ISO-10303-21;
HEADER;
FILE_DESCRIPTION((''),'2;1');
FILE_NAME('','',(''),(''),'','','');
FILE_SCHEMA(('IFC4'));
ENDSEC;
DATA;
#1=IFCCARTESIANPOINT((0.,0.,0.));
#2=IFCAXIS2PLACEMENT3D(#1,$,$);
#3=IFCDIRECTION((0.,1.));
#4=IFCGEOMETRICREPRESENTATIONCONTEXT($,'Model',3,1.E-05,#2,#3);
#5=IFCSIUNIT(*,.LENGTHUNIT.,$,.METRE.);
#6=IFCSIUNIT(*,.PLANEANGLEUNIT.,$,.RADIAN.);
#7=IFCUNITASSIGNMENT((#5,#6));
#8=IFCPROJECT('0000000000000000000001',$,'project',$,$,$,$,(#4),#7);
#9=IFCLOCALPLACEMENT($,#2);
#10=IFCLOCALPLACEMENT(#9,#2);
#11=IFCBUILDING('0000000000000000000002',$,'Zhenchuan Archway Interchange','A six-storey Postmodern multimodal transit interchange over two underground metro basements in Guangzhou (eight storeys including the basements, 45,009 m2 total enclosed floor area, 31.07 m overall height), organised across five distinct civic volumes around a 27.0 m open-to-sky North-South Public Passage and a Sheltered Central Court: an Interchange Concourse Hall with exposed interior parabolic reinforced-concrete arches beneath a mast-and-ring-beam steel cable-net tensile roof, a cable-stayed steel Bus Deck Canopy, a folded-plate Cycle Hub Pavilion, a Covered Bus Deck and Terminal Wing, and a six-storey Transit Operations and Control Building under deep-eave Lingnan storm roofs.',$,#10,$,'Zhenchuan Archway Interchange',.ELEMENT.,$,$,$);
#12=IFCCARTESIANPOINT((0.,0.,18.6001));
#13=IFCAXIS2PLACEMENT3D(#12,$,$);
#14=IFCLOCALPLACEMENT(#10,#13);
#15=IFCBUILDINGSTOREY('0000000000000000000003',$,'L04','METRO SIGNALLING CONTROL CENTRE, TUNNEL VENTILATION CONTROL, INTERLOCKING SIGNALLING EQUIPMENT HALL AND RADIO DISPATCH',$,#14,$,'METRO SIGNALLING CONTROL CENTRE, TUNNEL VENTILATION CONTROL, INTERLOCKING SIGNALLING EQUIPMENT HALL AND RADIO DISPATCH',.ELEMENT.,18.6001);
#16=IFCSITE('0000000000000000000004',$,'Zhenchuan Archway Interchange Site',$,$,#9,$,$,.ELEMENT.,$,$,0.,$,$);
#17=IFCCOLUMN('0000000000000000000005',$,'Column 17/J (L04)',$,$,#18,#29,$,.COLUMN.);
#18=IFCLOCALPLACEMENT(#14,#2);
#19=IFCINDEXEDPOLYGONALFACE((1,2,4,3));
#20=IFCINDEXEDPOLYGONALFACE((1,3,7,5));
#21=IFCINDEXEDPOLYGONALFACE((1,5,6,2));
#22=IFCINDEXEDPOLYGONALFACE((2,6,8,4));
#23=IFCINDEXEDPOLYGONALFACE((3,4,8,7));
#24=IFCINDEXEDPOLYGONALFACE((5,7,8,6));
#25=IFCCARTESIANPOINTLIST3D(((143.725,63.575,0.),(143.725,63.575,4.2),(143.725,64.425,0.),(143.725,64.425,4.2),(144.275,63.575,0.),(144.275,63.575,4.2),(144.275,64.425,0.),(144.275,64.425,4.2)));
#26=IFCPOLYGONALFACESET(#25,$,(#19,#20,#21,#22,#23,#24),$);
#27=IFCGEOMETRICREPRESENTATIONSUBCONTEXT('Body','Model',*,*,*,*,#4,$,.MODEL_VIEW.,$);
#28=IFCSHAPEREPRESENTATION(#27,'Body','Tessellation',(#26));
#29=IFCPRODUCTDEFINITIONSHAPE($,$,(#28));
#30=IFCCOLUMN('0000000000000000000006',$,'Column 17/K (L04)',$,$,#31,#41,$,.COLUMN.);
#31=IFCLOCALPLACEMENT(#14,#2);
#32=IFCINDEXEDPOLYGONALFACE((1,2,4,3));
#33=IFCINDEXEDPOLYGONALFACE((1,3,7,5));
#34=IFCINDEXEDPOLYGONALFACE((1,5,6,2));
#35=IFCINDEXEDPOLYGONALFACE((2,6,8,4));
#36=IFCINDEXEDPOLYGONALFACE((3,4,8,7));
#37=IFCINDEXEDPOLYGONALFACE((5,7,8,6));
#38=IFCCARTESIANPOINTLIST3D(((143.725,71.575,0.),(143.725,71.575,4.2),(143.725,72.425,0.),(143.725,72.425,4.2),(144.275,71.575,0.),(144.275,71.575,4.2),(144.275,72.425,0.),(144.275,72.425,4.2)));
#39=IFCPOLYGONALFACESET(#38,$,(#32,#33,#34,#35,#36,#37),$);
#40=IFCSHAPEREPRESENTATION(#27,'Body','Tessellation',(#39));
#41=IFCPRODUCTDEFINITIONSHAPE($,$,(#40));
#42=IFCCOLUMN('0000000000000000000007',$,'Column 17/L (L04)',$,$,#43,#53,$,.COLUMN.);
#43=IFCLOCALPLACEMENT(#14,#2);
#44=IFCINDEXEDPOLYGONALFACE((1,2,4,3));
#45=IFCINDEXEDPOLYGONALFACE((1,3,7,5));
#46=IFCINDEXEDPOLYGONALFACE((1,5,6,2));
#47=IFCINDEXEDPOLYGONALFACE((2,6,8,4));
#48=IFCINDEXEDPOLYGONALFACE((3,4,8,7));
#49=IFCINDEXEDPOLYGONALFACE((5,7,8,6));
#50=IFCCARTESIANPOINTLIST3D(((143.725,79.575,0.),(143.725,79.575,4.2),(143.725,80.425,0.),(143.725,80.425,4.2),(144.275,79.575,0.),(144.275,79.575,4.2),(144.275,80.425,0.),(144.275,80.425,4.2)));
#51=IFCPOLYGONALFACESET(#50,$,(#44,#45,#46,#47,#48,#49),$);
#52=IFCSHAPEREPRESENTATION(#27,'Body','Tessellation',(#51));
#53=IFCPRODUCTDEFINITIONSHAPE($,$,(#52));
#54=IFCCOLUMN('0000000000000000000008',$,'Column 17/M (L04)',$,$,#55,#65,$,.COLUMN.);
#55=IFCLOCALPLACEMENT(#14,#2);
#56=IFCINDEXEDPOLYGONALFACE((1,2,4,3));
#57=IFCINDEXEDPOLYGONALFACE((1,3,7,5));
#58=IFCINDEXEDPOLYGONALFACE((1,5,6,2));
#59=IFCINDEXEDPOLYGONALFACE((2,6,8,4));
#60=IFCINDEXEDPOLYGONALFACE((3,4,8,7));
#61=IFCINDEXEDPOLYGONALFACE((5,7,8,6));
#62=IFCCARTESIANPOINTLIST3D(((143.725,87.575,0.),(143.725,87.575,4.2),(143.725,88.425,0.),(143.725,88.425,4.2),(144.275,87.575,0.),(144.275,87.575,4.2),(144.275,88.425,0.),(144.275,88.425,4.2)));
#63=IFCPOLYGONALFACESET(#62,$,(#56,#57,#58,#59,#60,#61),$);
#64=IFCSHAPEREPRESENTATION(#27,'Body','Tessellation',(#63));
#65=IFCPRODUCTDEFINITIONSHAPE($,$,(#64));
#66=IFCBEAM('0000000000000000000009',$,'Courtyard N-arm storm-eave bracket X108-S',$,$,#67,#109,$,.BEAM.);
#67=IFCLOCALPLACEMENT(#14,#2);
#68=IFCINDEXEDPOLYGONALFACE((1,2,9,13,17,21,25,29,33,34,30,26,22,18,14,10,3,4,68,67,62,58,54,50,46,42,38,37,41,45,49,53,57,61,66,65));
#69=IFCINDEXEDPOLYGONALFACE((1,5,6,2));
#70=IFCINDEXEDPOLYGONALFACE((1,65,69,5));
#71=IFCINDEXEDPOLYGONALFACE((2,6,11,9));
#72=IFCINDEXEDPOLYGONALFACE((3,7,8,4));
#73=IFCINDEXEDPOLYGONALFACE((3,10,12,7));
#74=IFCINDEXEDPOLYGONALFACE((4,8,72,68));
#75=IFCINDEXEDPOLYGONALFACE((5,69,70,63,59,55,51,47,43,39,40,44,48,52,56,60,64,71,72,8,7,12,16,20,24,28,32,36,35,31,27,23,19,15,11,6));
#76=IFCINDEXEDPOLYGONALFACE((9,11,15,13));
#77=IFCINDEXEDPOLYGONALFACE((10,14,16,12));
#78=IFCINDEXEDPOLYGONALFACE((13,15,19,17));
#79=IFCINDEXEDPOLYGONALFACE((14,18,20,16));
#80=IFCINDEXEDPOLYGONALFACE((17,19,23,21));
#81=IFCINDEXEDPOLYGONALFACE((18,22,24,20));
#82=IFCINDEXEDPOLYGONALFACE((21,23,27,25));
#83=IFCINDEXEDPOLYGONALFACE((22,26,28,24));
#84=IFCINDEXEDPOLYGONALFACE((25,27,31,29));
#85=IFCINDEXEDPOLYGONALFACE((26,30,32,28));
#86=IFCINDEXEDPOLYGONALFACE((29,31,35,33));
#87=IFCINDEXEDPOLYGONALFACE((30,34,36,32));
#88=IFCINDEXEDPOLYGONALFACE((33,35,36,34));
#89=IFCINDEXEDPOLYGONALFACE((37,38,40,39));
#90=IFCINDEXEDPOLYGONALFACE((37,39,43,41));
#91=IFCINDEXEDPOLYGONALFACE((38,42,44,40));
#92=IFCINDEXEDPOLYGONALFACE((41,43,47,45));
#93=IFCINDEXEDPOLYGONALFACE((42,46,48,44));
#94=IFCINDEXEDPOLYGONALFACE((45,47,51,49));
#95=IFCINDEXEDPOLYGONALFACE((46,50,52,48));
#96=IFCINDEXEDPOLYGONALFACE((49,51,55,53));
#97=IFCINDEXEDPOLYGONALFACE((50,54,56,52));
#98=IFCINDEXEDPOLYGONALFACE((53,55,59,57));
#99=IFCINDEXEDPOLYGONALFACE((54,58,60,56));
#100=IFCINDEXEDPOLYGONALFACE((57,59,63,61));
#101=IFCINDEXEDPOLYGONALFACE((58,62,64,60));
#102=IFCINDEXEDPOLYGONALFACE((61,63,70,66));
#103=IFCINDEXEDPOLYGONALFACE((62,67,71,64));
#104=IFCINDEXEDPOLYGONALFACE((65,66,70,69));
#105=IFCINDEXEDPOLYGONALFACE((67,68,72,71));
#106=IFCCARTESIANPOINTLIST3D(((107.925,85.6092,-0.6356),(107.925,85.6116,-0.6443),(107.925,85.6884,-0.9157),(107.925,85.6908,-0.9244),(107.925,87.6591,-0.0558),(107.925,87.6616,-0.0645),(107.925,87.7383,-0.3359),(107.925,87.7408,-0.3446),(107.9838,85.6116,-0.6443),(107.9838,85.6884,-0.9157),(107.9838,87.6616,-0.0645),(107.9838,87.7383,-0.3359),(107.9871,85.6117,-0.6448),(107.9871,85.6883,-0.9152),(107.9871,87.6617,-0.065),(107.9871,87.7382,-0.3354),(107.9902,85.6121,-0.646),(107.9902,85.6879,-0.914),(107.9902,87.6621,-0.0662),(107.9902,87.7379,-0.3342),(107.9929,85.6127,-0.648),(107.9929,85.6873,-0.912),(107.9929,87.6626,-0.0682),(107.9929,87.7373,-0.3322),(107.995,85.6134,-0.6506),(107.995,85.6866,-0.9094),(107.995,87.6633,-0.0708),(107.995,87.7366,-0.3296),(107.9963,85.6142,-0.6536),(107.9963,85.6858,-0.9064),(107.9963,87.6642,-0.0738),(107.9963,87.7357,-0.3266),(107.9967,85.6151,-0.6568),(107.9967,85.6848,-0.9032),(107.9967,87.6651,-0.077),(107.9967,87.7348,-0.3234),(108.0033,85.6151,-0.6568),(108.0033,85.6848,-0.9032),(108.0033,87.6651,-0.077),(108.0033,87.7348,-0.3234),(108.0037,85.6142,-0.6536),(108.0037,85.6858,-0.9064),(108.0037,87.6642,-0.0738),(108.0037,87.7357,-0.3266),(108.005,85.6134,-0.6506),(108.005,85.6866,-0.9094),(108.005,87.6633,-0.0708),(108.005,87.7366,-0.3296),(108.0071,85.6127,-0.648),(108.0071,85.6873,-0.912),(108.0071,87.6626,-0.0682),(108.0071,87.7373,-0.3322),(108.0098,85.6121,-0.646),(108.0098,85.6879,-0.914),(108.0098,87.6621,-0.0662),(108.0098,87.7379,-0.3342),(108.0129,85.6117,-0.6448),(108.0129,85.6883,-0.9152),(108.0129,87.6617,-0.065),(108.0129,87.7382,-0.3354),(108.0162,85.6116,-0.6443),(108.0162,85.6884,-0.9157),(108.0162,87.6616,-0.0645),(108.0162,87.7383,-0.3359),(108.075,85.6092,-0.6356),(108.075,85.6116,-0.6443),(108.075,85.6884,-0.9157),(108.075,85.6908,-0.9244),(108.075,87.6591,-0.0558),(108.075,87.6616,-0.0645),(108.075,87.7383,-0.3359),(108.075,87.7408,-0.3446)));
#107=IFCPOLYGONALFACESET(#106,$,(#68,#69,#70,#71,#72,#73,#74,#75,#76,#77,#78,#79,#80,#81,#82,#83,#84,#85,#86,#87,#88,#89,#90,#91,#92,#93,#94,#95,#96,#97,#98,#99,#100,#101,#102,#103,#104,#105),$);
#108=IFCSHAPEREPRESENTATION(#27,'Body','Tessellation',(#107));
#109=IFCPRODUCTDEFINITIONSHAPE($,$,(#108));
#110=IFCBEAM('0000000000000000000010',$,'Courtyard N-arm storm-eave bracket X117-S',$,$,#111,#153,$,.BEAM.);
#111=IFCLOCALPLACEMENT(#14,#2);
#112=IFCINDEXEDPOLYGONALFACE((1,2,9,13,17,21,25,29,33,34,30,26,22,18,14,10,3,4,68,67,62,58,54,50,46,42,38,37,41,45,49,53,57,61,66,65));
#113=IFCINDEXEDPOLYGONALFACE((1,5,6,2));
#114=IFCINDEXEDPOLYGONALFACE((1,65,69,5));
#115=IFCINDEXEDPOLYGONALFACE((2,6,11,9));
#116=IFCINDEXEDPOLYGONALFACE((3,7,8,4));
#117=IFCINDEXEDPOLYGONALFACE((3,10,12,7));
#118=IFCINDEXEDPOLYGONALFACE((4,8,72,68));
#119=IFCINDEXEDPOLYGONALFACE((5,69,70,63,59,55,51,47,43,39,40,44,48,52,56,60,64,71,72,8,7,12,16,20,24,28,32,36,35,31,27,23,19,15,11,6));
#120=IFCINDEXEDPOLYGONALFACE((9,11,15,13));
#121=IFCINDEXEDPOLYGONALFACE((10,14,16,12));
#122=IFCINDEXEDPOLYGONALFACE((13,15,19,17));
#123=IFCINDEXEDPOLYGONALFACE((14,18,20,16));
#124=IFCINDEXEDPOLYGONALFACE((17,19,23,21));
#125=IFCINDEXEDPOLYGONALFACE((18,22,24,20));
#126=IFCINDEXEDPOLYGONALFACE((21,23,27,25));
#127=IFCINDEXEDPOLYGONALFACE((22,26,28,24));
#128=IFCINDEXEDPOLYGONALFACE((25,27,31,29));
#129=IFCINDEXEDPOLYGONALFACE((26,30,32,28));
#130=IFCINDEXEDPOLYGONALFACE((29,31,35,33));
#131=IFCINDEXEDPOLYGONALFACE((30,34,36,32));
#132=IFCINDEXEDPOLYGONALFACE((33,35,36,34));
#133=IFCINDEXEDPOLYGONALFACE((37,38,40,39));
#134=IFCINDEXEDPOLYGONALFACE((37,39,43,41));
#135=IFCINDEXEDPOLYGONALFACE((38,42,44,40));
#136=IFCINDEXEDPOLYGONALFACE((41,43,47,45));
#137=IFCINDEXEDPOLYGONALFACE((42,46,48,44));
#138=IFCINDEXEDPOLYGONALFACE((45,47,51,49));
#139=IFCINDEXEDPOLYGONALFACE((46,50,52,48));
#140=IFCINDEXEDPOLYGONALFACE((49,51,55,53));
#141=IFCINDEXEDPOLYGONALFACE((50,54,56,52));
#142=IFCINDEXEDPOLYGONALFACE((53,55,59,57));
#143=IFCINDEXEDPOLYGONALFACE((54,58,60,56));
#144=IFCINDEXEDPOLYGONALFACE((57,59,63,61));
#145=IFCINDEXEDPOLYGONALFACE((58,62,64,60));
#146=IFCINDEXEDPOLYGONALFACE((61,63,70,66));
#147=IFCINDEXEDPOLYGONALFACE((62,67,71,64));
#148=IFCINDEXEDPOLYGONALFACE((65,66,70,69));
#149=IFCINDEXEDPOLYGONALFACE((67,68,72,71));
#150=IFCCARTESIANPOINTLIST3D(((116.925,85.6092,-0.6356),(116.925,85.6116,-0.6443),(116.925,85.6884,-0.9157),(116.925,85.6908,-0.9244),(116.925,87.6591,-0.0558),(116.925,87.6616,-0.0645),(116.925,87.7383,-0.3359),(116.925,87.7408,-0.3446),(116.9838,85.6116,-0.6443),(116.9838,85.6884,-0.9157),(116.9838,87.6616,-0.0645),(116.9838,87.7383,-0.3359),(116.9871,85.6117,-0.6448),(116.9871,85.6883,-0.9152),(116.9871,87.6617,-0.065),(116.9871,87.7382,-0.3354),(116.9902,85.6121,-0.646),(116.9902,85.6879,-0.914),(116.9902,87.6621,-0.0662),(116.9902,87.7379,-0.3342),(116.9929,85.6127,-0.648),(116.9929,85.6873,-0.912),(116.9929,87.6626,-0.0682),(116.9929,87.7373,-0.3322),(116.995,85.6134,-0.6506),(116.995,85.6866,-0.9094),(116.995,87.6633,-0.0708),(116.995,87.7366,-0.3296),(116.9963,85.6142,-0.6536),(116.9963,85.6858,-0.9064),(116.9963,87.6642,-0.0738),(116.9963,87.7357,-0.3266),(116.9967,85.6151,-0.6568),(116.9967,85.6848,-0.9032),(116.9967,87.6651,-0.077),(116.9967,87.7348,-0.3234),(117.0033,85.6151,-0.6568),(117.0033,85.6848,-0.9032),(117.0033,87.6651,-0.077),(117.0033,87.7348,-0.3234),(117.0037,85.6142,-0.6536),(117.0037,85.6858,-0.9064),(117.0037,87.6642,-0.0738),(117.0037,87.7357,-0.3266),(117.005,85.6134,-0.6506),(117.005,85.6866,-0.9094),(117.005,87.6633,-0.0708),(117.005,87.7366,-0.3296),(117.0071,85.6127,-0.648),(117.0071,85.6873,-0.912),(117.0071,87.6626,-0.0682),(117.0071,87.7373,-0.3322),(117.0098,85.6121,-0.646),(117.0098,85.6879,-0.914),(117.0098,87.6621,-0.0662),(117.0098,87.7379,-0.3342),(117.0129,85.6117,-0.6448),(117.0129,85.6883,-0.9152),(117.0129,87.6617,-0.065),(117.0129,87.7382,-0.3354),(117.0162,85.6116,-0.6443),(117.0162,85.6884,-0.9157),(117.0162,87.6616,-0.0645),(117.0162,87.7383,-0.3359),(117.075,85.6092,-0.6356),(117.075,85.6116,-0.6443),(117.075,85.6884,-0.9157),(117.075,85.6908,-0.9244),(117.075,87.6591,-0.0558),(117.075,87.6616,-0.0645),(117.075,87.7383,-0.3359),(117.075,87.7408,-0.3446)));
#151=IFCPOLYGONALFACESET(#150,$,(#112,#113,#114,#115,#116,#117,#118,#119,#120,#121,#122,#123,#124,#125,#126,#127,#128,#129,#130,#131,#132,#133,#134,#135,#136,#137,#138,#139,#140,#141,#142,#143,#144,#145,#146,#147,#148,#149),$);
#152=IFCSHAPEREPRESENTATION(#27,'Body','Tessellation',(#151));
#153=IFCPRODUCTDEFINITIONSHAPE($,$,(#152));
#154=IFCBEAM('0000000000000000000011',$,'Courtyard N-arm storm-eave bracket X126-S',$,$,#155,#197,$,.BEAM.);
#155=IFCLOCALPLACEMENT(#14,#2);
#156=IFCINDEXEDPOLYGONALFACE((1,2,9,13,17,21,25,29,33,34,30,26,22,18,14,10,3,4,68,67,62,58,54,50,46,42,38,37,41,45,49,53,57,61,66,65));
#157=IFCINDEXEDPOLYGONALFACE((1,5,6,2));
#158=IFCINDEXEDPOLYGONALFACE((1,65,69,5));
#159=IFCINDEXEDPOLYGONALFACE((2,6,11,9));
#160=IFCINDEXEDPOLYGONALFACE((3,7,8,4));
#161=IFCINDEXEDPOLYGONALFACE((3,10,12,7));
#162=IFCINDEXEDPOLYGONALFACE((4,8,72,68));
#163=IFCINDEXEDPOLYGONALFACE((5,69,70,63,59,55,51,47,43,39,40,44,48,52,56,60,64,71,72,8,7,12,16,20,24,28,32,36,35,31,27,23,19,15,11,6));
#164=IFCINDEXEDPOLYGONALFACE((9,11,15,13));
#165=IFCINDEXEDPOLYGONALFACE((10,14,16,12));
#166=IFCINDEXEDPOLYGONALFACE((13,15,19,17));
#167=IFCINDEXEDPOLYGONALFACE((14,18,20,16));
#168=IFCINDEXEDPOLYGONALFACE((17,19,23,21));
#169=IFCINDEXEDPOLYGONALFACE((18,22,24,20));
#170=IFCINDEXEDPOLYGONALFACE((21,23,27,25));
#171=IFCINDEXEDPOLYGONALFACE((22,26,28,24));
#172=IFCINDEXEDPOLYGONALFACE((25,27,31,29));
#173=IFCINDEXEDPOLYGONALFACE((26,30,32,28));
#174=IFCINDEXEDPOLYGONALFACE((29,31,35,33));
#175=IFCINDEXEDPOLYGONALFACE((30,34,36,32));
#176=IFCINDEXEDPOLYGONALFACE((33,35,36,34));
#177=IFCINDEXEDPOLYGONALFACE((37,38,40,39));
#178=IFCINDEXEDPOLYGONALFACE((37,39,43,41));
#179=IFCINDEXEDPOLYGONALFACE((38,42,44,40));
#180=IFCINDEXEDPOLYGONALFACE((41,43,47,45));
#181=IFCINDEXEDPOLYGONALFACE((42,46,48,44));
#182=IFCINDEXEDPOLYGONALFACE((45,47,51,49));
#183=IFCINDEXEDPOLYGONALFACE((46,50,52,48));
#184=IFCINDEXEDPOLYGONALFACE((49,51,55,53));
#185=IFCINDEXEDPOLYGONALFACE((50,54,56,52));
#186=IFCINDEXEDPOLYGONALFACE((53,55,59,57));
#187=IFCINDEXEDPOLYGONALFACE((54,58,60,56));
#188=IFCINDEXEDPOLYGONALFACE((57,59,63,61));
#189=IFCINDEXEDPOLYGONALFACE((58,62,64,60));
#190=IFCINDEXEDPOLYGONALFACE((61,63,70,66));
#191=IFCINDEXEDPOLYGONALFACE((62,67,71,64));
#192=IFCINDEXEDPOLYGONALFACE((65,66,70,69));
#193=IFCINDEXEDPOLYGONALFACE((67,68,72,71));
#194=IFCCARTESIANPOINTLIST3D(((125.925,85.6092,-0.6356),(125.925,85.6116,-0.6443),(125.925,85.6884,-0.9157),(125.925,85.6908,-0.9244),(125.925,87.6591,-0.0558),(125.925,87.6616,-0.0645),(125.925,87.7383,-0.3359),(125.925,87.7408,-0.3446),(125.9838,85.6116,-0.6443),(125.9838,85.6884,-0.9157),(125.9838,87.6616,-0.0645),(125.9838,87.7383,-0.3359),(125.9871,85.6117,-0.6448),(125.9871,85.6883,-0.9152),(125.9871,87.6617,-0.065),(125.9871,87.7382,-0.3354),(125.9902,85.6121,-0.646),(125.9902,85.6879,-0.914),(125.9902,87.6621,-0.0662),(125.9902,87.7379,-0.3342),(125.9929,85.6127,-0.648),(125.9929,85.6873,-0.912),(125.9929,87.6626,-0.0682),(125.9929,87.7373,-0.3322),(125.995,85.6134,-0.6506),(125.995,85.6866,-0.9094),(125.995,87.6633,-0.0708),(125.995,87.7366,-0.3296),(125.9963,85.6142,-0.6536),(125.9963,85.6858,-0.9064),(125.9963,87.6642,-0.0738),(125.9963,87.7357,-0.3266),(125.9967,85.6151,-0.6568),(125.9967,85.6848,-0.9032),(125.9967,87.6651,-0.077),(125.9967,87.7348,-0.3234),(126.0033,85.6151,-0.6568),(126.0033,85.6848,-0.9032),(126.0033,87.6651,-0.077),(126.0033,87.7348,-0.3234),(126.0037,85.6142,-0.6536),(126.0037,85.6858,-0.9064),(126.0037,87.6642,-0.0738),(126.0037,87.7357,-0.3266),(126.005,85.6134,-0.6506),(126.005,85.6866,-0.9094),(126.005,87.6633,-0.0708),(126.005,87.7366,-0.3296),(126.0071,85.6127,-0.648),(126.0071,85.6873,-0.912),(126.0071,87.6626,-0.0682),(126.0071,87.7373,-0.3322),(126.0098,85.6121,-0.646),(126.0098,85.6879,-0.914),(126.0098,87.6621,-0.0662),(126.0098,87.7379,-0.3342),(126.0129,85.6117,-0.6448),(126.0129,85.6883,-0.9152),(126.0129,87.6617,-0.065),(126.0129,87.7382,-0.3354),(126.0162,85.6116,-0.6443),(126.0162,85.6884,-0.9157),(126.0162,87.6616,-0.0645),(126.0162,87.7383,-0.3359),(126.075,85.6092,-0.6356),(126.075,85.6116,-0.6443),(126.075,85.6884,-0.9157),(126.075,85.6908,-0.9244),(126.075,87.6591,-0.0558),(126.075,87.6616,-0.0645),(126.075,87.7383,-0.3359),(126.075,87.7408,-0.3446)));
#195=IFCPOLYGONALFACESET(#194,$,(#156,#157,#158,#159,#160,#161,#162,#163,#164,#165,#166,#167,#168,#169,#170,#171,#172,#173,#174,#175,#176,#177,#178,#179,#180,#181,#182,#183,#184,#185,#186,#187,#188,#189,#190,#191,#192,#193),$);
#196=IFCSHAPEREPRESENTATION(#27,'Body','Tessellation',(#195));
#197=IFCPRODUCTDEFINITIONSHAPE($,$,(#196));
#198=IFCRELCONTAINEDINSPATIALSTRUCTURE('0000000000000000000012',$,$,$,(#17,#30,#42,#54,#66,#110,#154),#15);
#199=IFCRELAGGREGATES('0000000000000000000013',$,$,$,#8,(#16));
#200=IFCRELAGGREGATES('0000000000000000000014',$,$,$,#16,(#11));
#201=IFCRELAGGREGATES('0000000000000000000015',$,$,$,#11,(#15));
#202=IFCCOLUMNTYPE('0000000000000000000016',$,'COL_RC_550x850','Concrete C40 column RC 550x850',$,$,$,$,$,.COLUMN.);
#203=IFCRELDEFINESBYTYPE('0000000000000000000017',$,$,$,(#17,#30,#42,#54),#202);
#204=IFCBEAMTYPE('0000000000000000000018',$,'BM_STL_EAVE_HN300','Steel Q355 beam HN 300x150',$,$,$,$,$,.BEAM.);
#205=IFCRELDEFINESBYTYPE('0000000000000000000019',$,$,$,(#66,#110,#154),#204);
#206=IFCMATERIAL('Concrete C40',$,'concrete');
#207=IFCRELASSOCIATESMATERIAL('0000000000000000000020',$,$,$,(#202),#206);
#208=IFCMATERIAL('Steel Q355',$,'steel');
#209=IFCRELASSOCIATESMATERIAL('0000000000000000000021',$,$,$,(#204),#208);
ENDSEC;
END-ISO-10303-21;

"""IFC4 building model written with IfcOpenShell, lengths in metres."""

from ifc_helpers import new_model, si_unit, direction, frame, origin, origin_2d, place, context, subcontext, project, spatial, rectangle, i_section, extrude, material, material_profile, profile_set, type_object, element, save


model = new_model("IFC4")

# Units and contexts
model_context = context("Model", 3, precision=1e-05, world=origin(), true_north=direction((0.0, 1.0)))
body_context = subcontext(model_context, "Body", "Model", "MODEL_VIEW")
ifc_project = project(units=[si_unit("LENGTHUNIT", "METRE"), si_unit("PLANEANGLEUNIT", "RADIAN")], contexts=[model_context])

# Site, building, storey
site_placement = place(None, origin())
site = spatial("IfcSite", under=ifc_project, at=site_placement, Name="Zhenchuan Archway Interchange Site", CompositionType="ELEMENT", RefElevation=0.0)
building_placement = place(site_placement, origin())
building = spatial("IfcBuilding", under=site, at=building_placement, Name="Zhenchuan Archway Interchange", Description="A six-storey Postmodern multimodal transit interchange over two underground metro basements in Guangzhou (eight storeys including the basements, 45,009 m2 total enclosed floor area, 31.07 m overall height), organised across five distinct civic volumes around a 27.0 m open-to-sky North-South Public Passage and a Sheltered Central Court: an Interchange Concourse Hall with exposed interior parabolic reinforced-concrete arches beneath a mast-and-ring-beam steel cable-net tensile roof, a cable-stayed steel Bus Deck Canopy, a folded-plate Cycle Hub Pavilion, a Covered Bus Deck and Terminal Wing, and a six-storey Transit Operations and Control Building under deep-eave Lingnan storm roofs.", LongName="Zhenchuan Archway Interchange", CompositionType="ELEMENT")
storey_placement = place(building_placement, frame((0.0, 0.0, 18.6001)))
storey = spatial("IfcBuildingStorey", under=building, at=storey_placement, Name="L04", Description="METRO SIGNALLING CONTROL CENTRE, TUNNEL VENTILATION CONTROL, INTERLOCKING SIGNALLING EQUIPMENT HALL AND RADIO DISPATCH", LongName="METRO SIGNALLING CONTROL CENTRE, TUNNEL VENTILATION CONTROL, INTERLOCKING SIGNALLING EQUIPMENT HALL AND RADIO DISPATCH", CompositionType="ELEMENT", Elevation=18.6001)

# Columns
ifc_material_1 = material(Name="Concrete C40", Category="concrete")
ifc_material_profile_1 = material_profile(ifc_material_1, rectangle(XDim=0.55, YDim=0.8501, at=origin_2d()), Name="RC 550x850")
ifc_profile_set_1 = profile_set([ifc_material_profile_1], Name="Concrete C40")
column_type = type_object("IfcColumnType", Name="COL_RC_550x850", Description="Concrete C40 column RC 550x850", PredefinedType="COLUMN", material=ifc_profile_set_1)
for number, where, z_axis, x_axis, name in (
    (1, (144.0, 64.0, 0.0), (0.0, 0.0, 1.0), (1.0, 0.0, 0.0), "Column 17/J (L04)"),
    (2, (144.0, 72.0, 0.0), (0.0, 0.0, 1.0), (1.0, 0.0, 0.0), "Column 17/K (L04)"),
    (3, (144.0, 80.0, 0.0), (0.0, 0.0, 1.0), (1.0, 0.0, 0.0), "Column 17/L (L04)"),
    (4, (144.0, 88.0, 0.0), (0.0, 0.0, 1.0), (1.0, 0.0, 0.0), "Column 17/M (L04)"),
):
    element("IfcColumn", number, at=place(storey_placement, frame(where, z_axis=z_axis, x_axis=x_axis)), inside=storey, type_object=column_type, Name=name, PredefinedType="COLUMN", context=body_context, shape_type="SweptSolid", body=[
        extrude(rectangle(XDim=0.55, YDim=0.8501, at=origin_2d()), origin(), (0.0, 0.0, 1.0), 4.2),
    ])

# Beams
ifc_material_2 = material(Name="Steel Q355", Category="steel")
ifc_material_profile_2 = material_profile(ifc_material_2, i_section(OverallWidth=0.1499, OverallDepth=0.3, WebThickness=0.0066, FlangeThickness=0.009, FilletRadius=0.0129, at=origin_2d()), Name="HN 300x150")
ifc_profile_set_2 = profile_set([ifc_material_profile_2], Name="Steel Q355")
beam_type_1 = type_object("IfcBeamType", Name="BM_STL_EAVE_HN300", Description="Steel Q355 beam HN 300x150", PredefinedType="BEAM", material=ifc_profile_set_2)
for number, where, z_axis, x_axis, name in (
    (5, (108.0, 87.7, -0.2002), (0.0, -0.962251, -0.272162), (1.0, 0.0, 0.0), "Courtyard N-arm storm-eave bracket X108-S"),
    (6, (117.0, 87.7, -0.2002), (0.0, -0.962251, -0.272162), (1.0, 0.0, 0.0), "Courtyard N-arm storm-eave bracket X117-S"),
    (7, (126.0, 87.7, -0.2002), (0.0, -0.962251, -0.272162), (1.0, 0.0, 0.0), "Courtyard N-arm storm-eave bracket X126-S"),
):
    element("IfcBeam", number, at=place(storey_placement, frame(where, z_axis=z_axis, x_axis=x_axis)), inside=storey, type_object=beam_type_1, Name=name, PredefinedType="BEAM", context=body_context, shape_type="SweptSolid", body=[
        extrude(i_section(OverallWidth=0.1499, OverallDepth=0.3, WebThickness=0.0066, FlangeThickness=0.009, FilletRadius=0.0129, at=origin_2d()), origin(), (0.0, 0.0, 1.0), 2.1304),
    ])

save(model, "model.ifc")
